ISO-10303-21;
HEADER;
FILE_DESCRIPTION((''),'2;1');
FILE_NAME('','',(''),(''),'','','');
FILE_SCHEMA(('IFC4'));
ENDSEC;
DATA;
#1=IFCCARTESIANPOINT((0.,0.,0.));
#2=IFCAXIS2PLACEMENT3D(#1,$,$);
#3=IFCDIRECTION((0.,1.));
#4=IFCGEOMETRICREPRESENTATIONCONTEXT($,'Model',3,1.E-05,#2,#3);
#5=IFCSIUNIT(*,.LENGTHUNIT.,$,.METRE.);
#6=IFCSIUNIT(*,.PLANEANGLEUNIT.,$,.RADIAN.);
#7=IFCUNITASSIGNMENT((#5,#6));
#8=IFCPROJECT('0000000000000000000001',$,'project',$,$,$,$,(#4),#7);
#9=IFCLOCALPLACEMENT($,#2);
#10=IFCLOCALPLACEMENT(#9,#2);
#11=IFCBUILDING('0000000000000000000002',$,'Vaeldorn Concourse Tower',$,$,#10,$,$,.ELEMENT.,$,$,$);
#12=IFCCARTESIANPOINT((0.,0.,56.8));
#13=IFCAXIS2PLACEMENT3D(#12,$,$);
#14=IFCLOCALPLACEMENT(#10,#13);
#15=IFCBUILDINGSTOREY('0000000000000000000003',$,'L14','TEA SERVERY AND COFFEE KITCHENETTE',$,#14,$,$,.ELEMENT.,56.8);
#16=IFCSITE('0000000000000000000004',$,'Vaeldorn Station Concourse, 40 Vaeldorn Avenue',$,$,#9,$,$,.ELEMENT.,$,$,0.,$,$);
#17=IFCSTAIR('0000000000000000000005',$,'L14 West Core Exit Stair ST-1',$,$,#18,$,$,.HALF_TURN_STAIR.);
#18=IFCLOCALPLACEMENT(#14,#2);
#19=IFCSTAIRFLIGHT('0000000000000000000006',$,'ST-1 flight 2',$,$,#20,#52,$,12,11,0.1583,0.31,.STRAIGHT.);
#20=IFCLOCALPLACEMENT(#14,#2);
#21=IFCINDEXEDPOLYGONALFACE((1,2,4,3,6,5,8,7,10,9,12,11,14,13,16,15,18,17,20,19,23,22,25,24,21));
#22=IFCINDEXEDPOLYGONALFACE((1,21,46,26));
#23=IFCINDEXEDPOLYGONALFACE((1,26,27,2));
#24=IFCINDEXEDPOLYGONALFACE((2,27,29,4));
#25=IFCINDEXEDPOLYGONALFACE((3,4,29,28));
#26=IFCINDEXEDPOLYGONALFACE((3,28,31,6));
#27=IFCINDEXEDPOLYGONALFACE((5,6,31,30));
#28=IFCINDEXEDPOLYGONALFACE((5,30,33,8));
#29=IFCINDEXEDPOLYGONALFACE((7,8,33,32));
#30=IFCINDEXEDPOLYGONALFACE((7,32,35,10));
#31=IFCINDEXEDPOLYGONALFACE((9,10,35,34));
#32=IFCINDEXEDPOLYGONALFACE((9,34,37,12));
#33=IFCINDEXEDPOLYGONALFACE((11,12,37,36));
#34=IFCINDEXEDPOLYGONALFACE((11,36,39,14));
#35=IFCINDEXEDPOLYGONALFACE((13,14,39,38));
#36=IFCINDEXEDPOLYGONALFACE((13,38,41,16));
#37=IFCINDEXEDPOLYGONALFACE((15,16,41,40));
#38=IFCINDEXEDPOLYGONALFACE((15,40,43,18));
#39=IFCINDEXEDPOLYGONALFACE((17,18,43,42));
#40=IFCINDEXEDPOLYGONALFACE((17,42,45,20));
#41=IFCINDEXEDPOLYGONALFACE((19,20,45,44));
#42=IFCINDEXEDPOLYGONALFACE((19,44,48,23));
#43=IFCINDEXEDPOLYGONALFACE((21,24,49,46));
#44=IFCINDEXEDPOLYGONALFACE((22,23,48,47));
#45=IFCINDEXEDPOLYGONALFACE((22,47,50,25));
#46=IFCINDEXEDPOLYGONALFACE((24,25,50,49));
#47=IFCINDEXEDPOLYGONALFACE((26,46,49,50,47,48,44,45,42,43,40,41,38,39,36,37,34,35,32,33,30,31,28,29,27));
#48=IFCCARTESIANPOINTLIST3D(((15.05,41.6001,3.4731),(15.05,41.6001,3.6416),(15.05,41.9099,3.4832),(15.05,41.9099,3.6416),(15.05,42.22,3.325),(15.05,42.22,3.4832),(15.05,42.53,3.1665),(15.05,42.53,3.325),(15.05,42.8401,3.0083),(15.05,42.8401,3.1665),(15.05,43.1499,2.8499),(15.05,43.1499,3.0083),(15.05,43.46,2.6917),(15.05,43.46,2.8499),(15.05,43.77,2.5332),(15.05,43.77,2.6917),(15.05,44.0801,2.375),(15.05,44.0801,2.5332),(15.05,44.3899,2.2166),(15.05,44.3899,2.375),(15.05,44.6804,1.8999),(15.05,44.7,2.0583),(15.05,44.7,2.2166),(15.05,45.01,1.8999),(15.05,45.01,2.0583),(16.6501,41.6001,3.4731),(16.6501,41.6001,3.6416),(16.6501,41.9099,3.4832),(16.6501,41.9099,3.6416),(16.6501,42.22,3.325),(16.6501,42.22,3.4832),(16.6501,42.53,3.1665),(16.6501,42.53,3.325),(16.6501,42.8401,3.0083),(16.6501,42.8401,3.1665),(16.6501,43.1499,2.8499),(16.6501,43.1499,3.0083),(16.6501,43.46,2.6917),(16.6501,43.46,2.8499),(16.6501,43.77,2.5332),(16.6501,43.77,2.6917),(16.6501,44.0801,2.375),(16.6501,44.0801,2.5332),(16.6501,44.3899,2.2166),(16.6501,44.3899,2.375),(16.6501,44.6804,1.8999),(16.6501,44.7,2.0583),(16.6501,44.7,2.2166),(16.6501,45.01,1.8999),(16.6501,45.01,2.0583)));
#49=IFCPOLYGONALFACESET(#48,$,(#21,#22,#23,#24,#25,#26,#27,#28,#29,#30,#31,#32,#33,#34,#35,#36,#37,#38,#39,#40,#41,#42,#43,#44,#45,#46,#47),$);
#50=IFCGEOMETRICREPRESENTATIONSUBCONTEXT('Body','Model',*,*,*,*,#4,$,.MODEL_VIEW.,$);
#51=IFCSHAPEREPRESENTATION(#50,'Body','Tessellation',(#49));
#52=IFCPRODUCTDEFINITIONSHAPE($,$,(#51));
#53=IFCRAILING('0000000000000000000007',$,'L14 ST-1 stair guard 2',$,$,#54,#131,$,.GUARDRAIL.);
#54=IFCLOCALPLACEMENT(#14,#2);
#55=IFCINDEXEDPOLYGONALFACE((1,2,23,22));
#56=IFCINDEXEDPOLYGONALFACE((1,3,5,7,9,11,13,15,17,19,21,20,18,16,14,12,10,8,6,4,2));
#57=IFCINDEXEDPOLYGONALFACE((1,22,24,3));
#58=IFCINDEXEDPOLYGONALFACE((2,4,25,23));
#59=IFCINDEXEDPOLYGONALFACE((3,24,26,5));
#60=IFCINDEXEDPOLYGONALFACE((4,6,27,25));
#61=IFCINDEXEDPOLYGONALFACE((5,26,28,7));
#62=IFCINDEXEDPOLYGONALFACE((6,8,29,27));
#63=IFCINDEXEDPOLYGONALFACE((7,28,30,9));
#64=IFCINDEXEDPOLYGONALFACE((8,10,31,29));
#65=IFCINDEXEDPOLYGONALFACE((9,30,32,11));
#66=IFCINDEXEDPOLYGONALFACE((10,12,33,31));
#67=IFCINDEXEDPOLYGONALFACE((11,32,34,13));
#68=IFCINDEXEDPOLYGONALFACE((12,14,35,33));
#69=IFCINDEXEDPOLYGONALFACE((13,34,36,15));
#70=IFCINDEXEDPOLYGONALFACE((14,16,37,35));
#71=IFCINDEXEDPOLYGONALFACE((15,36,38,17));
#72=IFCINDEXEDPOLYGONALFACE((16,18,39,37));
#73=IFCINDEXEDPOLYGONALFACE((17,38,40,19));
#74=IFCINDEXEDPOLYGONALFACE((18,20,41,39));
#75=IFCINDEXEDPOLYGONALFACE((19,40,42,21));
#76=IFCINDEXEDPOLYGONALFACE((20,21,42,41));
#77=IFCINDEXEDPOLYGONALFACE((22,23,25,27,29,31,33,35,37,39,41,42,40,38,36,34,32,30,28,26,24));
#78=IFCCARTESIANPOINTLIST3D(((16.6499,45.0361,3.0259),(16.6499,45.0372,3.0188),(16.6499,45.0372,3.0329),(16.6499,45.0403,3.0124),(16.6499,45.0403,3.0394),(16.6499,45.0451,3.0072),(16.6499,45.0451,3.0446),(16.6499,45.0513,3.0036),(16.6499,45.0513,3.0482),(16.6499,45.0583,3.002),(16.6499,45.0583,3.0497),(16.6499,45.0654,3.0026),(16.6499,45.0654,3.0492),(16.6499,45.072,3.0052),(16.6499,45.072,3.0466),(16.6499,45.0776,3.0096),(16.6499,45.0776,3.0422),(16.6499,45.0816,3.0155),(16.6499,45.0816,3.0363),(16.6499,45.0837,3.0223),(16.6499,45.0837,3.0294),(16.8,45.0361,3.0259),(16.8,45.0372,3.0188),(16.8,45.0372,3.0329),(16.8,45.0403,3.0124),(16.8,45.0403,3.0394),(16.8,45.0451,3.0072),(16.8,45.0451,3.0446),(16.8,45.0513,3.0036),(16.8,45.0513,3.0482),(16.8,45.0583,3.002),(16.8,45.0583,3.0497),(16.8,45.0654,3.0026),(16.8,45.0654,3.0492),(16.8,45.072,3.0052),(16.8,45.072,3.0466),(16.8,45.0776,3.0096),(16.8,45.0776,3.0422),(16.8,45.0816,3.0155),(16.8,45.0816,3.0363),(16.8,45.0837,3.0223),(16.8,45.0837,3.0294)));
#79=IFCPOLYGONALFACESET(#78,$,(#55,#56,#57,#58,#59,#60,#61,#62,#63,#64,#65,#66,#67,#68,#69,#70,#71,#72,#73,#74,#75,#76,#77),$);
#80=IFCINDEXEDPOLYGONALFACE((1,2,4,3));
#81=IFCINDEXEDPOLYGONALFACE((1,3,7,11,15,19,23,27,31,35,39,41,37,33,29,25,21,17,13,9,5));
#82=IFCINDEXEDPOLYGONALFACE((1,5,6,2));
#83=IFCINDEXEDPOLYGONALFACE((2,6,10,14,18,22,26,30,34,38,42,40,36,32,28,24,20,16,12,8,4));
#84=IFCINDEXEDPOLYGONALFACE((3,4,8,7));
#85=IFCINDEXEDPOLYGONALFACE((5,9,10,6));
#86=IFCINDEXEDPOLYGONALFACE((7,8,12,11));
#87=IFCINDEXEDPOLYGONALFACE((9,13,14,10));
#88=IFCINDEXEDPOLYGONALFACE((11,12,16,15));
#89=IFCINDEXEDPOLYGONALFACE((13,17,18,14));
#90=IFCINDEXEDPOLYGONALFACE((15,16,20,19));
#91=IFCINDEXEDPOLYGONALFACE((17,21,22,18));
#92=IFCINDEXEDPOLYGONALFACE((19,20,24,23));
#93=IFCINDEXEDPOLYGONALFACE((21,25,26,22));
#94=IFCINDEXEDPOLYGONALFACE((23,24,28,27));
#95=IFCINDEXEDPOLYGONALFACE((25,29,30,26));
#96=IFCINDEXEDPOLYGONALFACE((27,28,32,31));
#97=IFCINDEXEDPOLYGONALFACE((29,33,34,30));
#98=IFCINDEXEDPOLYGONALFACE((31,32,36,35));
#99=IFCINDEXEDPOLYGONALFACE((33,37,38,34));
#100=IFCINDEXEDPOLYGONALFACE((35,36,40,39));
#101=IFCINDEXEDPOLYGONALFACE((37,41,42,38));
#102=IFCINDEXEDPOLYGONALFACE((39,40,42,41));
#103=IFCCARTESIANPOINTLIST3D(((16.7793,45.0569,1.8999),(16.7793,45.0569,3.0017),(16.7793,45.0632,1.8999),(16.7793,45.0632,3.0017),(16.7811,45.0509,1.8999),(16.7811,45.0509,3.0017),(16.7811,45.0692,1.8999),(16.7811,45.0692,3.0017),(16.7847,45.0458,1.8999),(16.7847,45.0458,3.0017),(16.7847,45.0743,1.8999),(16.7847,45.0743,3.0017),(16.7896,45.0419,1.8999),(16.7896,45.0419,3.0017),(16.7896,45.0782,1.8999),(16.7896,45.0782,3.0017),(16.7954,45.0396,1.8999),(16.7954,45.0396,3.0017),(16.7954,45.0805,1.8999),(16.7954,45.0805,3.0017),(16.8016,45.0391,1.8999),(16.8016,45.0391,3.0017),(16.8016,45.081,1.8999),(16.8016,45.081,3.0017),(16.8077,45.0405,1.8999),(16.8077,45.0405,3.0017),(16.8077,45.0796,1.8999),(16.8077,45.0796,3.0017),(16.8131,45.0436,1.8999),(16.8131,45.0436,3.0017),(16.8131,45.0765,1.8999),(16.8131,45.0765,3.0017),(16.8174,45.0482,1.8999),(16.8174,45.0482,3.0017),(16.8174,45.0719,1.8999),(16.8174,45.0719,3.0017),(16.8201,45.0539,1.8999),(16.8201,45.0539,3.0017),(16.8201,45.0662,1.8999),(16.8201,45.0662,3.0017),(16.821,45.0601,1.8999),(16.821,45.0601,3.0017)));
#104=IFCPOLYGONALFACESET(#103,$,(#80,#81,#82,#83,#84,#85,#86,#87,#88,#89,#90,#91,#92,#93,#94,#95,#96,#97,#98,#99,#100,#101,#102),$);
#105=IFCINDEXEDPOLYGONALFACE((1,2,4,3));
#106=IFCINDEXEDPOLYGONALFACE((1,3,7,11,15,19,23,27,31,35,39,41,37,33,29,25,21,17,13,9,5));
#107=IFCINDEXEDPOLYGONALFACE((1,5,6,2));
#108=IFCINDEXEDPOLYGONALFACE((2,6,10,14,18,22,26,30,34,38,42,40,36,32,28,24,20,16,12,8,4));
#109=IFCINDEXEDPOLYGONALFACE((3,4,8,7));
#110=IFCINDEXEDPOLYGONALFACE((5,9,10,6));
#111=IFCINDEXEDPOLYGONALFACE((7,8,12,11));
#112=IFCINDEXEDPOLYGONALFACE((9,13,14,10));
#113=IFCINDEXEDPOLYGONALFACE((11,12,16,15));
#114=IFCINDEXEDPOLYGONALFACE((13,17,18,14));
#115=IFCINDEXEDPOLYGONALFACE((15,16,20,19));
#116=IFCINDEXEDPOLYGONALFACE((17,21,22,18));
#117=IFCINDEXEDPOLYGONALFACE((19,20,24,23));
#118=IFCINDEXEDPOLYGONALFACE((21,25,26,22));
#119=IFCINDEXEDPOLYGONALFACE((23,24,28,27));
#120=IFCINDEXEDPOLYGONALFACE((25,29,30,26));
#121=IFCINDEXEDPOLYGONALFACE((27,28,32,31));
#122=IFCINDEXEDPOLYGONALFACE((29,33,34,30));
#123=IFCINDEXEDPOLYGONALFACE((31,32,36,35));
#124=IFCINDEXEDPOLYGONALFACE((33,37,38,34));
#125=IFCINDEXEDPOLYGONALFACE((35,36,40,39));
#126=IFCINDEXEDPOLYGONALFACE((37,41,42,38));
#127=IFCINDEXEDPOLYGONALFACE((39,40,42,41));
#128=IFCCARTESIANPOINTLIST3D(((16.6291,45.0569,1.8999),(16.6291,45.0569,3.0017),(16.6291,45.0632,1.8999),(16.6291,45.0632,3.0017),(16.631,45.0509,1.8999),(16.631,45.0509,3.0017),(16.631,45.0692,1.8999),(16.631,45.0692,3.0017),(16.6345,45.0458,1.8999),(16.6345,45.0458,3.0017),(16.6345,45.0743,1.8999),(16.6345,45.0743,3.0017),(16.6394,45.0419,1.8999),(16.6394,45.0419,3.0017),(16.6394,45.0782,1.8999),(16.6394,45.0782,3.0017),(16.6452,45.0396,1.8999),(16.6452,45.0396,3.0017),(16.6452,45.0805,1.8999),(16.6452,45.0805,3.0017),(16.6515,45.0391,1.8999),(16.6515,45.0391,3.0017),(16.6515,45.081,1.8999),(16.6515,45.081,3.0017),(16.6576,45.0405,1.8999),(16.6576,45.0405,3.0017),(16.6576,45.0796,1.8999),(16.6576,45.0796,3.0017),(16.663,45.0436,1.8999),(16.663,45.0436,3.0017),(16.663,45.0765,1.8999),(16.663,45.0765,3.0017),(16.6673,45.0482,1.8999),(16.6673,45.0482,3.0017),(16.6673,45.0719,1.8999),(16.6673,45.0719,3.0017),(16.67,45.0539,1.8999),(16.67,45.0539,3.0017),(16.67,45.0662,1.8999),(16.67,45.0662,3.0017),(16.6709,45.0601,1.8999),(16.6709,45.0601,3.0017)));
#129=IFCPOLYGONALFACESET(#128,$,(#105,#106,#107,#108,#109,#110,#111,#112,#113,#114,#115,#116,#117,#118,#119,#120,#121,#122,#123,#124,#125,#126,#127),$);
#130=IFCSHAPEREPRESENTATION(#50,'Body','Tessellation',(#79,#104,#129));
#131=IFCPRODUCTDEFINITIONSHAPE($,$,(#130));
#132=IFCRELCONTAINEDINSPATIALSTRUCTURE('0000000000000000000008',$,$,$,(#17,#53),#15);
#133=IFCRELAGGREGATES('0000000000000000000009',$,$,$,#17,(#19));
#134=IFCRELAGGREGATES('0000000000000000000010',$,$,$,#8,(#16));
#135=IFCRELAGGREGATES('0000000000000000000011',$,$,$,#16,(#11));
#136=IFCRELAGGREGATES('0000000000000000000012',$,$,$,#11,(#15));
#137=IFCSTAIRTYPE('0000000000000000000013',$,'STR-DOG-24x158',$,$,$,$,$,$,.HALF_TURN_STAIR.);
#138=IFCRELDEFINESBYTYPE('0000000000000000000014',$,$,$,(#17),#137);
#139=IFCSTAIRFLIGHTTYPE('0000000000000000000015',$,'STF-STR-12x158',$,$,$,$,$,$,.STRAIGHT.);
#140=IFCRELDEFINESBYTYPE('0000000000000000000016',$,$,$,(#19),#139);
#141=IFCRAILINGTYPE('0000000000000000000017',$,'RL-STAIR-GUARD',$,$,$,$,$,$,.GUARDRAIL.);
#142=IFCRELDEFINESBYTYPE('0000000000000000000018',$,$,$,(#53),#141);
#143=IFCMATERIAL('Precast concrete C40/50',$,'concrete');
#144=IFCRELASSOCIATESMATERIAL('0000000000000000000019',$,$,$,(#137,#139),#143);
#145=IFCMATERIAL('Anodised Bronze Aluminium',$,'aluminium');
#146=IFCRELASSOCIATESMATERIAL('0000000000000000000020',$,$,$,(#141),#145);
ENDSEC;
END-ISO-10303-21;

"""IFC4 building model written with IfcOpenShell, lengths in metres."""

from ifc_helpers import new_model, si_unit, direction, frame, origin, origin_2d, place, context, subcontext, project, spatial, polyline, circle, outline, extrude, material, type_object, element, aggregate, save


model = new_model("IFC4")

# Units and contexts
model_context = context("Model", 3, precision=1e-05, world=origin(), true_north=direction((0.0, 1.0)))
body_context = subcontext(model_context, "Body", "Model", "MODEL_VIEW")
ifc_project = project(units=[si_unit("LENGTHUNIT", "METRE"), si_unit("PLANEANGLEUNIT", "RADIAN")], contexts=[model_context])

# Site, building, storey
site_placement = place(None, origin())
site = spatial("IfcSite", under=ifc_project, at=site_placement, Name="Vaeldorn Station Concourse, 40 Vaeldorn Avenue", CompositionType="ELEMENT", RefElevation=0.0)
building_placement = place(site_placement, origin())
building = spatial("IfcBuilding", under=site, at=building_placement, Name="Vaeldorn Concourse Tower", CompositionType="ELEMENT")
storey_placement = place(building_placement, frame((0.0, 0.0, 56.8)))
storey = spatial("IfcBuildingStorey", under=building, at=storey_placement, Name="L14", Description="TEA SERVERY AND COFFEE KITCHENETTE", CompositionType="ELEMENT", Elevation=56.8)

# Shared definitions
ifc_material_1 = material(Name="Anodised Bronze Aluminium", Category="aluminium")

# Stair, stair flight
ifc_material_2 = material(Name="Precast concrete C40/50", Category="concrete")
stair_type = type_object("IfcStairType", Name="STR-DOG-24x158", PredefinedType="HALF_TURN_STAIR", material=ifc_material_2)
stair_placement = place(storey_placement, origin())
stair = element("IfcStair", 1, at=stair_placement, inside=storey, type_object=stair_type, Name="L14 West Core Exit Stair ST-1", PredefinedType="HALF_TURN_STAIR")
stair_flight_type = type_object("IfcStairFlightType", Name="STF-STR-12x158", PredefinedType="STRAIGHT", material=ifc_material_2)
stair_flight_placement = place(storey_placement, frame((15.8501, 45.01, 1.8999), z_axis=(0.0, 0.0, 1.0), x_axis=(0.0, -1.0, 0.0)))
stair_flight = element("IfcStairFlight", 2, at=stair_flight_placement, type_object=stair_flight_type, Name="ST-1 flight 2", NumberOfRisers=12, NumberOfTreads=11, PredefinedType="STRAIGHT", RiserHeight=0.1583, TreadLength=0.31, context=body_context, shape_type="SweptSolid", body=[
    extrude(outline(polyline([(0.0, 0.0), (0.0, 0.1584), (0.3101, 0.1584), (0.3101, 0.3167), (0.6201, 0.3167), (0.6201, 0.4751), (0.9299, 0.4751), (0.9299, 0.6333), (1.24, 0.6333), (1.24, 0.7917), (1.55, 0.7917), (1.55, 0.95), (1.8601, 0.95), (1.8601, 1.1084), (2.1699, 1.1084), (2.1699, 1.2666), (2.48, 1.2666), (2.48, 1.425), (2.79, 1.425), (2.79, 1.5833), (3.1001, 1.5833), (3.1001, 1.7417), (3.4099, 1.7417), (3.4099, 1.8999), (3.4099, 1.5732), (0.3296, 0.0), (0.0, 0.0)])), frame((0.0, 0.8, 0.0), z_axis=(0.0, -1.0, 0.0), x_axis=(1.0, 0.0, 0.0)), (0.0, 0.0, 1.0), 1.6001),
])
aggregate(stair, [stair_flight])

# Railing
railing_type_1 = type_object("IfcRailingType", Name="RL-STAIR-GUARD", PredefinedType="GUARDRAIL", material=ifc_material_1)
railing_1_placement = place(storey_placement, frame((16.8, 45.0601, 1.8999)))
element("IfcRailing", 3, at=railing_1_placement, inside=storey, type_object=railing_type_1, Name="L14 ST-1 stair guard 2", PredefinedType="GUARDRAIL", context=body_context, shape_type="SweptSolid", body=[
    extrude(circle(Radius=0.0239, at=origin_2d()), frame((0.0, 0.0, 1.126), z_axis=(-1.0, 0.0, 0.0), x_axis=(0.0, -1.0, 0.0)), (0.0, 0.0, 1.0), 0.1501),
    extrude(circle(Radius=0.021, at=origin_2d()), origin(), (0.0, 0.0, 1.0), 1.1018),
    extrude(circle(Radius=0.021, at=origin_2d()), frame((-0.1501, 0.0, 0.0)), (0.0, 0.0, 1.0), 1.1018),
])

save(model, "model.ifc")
